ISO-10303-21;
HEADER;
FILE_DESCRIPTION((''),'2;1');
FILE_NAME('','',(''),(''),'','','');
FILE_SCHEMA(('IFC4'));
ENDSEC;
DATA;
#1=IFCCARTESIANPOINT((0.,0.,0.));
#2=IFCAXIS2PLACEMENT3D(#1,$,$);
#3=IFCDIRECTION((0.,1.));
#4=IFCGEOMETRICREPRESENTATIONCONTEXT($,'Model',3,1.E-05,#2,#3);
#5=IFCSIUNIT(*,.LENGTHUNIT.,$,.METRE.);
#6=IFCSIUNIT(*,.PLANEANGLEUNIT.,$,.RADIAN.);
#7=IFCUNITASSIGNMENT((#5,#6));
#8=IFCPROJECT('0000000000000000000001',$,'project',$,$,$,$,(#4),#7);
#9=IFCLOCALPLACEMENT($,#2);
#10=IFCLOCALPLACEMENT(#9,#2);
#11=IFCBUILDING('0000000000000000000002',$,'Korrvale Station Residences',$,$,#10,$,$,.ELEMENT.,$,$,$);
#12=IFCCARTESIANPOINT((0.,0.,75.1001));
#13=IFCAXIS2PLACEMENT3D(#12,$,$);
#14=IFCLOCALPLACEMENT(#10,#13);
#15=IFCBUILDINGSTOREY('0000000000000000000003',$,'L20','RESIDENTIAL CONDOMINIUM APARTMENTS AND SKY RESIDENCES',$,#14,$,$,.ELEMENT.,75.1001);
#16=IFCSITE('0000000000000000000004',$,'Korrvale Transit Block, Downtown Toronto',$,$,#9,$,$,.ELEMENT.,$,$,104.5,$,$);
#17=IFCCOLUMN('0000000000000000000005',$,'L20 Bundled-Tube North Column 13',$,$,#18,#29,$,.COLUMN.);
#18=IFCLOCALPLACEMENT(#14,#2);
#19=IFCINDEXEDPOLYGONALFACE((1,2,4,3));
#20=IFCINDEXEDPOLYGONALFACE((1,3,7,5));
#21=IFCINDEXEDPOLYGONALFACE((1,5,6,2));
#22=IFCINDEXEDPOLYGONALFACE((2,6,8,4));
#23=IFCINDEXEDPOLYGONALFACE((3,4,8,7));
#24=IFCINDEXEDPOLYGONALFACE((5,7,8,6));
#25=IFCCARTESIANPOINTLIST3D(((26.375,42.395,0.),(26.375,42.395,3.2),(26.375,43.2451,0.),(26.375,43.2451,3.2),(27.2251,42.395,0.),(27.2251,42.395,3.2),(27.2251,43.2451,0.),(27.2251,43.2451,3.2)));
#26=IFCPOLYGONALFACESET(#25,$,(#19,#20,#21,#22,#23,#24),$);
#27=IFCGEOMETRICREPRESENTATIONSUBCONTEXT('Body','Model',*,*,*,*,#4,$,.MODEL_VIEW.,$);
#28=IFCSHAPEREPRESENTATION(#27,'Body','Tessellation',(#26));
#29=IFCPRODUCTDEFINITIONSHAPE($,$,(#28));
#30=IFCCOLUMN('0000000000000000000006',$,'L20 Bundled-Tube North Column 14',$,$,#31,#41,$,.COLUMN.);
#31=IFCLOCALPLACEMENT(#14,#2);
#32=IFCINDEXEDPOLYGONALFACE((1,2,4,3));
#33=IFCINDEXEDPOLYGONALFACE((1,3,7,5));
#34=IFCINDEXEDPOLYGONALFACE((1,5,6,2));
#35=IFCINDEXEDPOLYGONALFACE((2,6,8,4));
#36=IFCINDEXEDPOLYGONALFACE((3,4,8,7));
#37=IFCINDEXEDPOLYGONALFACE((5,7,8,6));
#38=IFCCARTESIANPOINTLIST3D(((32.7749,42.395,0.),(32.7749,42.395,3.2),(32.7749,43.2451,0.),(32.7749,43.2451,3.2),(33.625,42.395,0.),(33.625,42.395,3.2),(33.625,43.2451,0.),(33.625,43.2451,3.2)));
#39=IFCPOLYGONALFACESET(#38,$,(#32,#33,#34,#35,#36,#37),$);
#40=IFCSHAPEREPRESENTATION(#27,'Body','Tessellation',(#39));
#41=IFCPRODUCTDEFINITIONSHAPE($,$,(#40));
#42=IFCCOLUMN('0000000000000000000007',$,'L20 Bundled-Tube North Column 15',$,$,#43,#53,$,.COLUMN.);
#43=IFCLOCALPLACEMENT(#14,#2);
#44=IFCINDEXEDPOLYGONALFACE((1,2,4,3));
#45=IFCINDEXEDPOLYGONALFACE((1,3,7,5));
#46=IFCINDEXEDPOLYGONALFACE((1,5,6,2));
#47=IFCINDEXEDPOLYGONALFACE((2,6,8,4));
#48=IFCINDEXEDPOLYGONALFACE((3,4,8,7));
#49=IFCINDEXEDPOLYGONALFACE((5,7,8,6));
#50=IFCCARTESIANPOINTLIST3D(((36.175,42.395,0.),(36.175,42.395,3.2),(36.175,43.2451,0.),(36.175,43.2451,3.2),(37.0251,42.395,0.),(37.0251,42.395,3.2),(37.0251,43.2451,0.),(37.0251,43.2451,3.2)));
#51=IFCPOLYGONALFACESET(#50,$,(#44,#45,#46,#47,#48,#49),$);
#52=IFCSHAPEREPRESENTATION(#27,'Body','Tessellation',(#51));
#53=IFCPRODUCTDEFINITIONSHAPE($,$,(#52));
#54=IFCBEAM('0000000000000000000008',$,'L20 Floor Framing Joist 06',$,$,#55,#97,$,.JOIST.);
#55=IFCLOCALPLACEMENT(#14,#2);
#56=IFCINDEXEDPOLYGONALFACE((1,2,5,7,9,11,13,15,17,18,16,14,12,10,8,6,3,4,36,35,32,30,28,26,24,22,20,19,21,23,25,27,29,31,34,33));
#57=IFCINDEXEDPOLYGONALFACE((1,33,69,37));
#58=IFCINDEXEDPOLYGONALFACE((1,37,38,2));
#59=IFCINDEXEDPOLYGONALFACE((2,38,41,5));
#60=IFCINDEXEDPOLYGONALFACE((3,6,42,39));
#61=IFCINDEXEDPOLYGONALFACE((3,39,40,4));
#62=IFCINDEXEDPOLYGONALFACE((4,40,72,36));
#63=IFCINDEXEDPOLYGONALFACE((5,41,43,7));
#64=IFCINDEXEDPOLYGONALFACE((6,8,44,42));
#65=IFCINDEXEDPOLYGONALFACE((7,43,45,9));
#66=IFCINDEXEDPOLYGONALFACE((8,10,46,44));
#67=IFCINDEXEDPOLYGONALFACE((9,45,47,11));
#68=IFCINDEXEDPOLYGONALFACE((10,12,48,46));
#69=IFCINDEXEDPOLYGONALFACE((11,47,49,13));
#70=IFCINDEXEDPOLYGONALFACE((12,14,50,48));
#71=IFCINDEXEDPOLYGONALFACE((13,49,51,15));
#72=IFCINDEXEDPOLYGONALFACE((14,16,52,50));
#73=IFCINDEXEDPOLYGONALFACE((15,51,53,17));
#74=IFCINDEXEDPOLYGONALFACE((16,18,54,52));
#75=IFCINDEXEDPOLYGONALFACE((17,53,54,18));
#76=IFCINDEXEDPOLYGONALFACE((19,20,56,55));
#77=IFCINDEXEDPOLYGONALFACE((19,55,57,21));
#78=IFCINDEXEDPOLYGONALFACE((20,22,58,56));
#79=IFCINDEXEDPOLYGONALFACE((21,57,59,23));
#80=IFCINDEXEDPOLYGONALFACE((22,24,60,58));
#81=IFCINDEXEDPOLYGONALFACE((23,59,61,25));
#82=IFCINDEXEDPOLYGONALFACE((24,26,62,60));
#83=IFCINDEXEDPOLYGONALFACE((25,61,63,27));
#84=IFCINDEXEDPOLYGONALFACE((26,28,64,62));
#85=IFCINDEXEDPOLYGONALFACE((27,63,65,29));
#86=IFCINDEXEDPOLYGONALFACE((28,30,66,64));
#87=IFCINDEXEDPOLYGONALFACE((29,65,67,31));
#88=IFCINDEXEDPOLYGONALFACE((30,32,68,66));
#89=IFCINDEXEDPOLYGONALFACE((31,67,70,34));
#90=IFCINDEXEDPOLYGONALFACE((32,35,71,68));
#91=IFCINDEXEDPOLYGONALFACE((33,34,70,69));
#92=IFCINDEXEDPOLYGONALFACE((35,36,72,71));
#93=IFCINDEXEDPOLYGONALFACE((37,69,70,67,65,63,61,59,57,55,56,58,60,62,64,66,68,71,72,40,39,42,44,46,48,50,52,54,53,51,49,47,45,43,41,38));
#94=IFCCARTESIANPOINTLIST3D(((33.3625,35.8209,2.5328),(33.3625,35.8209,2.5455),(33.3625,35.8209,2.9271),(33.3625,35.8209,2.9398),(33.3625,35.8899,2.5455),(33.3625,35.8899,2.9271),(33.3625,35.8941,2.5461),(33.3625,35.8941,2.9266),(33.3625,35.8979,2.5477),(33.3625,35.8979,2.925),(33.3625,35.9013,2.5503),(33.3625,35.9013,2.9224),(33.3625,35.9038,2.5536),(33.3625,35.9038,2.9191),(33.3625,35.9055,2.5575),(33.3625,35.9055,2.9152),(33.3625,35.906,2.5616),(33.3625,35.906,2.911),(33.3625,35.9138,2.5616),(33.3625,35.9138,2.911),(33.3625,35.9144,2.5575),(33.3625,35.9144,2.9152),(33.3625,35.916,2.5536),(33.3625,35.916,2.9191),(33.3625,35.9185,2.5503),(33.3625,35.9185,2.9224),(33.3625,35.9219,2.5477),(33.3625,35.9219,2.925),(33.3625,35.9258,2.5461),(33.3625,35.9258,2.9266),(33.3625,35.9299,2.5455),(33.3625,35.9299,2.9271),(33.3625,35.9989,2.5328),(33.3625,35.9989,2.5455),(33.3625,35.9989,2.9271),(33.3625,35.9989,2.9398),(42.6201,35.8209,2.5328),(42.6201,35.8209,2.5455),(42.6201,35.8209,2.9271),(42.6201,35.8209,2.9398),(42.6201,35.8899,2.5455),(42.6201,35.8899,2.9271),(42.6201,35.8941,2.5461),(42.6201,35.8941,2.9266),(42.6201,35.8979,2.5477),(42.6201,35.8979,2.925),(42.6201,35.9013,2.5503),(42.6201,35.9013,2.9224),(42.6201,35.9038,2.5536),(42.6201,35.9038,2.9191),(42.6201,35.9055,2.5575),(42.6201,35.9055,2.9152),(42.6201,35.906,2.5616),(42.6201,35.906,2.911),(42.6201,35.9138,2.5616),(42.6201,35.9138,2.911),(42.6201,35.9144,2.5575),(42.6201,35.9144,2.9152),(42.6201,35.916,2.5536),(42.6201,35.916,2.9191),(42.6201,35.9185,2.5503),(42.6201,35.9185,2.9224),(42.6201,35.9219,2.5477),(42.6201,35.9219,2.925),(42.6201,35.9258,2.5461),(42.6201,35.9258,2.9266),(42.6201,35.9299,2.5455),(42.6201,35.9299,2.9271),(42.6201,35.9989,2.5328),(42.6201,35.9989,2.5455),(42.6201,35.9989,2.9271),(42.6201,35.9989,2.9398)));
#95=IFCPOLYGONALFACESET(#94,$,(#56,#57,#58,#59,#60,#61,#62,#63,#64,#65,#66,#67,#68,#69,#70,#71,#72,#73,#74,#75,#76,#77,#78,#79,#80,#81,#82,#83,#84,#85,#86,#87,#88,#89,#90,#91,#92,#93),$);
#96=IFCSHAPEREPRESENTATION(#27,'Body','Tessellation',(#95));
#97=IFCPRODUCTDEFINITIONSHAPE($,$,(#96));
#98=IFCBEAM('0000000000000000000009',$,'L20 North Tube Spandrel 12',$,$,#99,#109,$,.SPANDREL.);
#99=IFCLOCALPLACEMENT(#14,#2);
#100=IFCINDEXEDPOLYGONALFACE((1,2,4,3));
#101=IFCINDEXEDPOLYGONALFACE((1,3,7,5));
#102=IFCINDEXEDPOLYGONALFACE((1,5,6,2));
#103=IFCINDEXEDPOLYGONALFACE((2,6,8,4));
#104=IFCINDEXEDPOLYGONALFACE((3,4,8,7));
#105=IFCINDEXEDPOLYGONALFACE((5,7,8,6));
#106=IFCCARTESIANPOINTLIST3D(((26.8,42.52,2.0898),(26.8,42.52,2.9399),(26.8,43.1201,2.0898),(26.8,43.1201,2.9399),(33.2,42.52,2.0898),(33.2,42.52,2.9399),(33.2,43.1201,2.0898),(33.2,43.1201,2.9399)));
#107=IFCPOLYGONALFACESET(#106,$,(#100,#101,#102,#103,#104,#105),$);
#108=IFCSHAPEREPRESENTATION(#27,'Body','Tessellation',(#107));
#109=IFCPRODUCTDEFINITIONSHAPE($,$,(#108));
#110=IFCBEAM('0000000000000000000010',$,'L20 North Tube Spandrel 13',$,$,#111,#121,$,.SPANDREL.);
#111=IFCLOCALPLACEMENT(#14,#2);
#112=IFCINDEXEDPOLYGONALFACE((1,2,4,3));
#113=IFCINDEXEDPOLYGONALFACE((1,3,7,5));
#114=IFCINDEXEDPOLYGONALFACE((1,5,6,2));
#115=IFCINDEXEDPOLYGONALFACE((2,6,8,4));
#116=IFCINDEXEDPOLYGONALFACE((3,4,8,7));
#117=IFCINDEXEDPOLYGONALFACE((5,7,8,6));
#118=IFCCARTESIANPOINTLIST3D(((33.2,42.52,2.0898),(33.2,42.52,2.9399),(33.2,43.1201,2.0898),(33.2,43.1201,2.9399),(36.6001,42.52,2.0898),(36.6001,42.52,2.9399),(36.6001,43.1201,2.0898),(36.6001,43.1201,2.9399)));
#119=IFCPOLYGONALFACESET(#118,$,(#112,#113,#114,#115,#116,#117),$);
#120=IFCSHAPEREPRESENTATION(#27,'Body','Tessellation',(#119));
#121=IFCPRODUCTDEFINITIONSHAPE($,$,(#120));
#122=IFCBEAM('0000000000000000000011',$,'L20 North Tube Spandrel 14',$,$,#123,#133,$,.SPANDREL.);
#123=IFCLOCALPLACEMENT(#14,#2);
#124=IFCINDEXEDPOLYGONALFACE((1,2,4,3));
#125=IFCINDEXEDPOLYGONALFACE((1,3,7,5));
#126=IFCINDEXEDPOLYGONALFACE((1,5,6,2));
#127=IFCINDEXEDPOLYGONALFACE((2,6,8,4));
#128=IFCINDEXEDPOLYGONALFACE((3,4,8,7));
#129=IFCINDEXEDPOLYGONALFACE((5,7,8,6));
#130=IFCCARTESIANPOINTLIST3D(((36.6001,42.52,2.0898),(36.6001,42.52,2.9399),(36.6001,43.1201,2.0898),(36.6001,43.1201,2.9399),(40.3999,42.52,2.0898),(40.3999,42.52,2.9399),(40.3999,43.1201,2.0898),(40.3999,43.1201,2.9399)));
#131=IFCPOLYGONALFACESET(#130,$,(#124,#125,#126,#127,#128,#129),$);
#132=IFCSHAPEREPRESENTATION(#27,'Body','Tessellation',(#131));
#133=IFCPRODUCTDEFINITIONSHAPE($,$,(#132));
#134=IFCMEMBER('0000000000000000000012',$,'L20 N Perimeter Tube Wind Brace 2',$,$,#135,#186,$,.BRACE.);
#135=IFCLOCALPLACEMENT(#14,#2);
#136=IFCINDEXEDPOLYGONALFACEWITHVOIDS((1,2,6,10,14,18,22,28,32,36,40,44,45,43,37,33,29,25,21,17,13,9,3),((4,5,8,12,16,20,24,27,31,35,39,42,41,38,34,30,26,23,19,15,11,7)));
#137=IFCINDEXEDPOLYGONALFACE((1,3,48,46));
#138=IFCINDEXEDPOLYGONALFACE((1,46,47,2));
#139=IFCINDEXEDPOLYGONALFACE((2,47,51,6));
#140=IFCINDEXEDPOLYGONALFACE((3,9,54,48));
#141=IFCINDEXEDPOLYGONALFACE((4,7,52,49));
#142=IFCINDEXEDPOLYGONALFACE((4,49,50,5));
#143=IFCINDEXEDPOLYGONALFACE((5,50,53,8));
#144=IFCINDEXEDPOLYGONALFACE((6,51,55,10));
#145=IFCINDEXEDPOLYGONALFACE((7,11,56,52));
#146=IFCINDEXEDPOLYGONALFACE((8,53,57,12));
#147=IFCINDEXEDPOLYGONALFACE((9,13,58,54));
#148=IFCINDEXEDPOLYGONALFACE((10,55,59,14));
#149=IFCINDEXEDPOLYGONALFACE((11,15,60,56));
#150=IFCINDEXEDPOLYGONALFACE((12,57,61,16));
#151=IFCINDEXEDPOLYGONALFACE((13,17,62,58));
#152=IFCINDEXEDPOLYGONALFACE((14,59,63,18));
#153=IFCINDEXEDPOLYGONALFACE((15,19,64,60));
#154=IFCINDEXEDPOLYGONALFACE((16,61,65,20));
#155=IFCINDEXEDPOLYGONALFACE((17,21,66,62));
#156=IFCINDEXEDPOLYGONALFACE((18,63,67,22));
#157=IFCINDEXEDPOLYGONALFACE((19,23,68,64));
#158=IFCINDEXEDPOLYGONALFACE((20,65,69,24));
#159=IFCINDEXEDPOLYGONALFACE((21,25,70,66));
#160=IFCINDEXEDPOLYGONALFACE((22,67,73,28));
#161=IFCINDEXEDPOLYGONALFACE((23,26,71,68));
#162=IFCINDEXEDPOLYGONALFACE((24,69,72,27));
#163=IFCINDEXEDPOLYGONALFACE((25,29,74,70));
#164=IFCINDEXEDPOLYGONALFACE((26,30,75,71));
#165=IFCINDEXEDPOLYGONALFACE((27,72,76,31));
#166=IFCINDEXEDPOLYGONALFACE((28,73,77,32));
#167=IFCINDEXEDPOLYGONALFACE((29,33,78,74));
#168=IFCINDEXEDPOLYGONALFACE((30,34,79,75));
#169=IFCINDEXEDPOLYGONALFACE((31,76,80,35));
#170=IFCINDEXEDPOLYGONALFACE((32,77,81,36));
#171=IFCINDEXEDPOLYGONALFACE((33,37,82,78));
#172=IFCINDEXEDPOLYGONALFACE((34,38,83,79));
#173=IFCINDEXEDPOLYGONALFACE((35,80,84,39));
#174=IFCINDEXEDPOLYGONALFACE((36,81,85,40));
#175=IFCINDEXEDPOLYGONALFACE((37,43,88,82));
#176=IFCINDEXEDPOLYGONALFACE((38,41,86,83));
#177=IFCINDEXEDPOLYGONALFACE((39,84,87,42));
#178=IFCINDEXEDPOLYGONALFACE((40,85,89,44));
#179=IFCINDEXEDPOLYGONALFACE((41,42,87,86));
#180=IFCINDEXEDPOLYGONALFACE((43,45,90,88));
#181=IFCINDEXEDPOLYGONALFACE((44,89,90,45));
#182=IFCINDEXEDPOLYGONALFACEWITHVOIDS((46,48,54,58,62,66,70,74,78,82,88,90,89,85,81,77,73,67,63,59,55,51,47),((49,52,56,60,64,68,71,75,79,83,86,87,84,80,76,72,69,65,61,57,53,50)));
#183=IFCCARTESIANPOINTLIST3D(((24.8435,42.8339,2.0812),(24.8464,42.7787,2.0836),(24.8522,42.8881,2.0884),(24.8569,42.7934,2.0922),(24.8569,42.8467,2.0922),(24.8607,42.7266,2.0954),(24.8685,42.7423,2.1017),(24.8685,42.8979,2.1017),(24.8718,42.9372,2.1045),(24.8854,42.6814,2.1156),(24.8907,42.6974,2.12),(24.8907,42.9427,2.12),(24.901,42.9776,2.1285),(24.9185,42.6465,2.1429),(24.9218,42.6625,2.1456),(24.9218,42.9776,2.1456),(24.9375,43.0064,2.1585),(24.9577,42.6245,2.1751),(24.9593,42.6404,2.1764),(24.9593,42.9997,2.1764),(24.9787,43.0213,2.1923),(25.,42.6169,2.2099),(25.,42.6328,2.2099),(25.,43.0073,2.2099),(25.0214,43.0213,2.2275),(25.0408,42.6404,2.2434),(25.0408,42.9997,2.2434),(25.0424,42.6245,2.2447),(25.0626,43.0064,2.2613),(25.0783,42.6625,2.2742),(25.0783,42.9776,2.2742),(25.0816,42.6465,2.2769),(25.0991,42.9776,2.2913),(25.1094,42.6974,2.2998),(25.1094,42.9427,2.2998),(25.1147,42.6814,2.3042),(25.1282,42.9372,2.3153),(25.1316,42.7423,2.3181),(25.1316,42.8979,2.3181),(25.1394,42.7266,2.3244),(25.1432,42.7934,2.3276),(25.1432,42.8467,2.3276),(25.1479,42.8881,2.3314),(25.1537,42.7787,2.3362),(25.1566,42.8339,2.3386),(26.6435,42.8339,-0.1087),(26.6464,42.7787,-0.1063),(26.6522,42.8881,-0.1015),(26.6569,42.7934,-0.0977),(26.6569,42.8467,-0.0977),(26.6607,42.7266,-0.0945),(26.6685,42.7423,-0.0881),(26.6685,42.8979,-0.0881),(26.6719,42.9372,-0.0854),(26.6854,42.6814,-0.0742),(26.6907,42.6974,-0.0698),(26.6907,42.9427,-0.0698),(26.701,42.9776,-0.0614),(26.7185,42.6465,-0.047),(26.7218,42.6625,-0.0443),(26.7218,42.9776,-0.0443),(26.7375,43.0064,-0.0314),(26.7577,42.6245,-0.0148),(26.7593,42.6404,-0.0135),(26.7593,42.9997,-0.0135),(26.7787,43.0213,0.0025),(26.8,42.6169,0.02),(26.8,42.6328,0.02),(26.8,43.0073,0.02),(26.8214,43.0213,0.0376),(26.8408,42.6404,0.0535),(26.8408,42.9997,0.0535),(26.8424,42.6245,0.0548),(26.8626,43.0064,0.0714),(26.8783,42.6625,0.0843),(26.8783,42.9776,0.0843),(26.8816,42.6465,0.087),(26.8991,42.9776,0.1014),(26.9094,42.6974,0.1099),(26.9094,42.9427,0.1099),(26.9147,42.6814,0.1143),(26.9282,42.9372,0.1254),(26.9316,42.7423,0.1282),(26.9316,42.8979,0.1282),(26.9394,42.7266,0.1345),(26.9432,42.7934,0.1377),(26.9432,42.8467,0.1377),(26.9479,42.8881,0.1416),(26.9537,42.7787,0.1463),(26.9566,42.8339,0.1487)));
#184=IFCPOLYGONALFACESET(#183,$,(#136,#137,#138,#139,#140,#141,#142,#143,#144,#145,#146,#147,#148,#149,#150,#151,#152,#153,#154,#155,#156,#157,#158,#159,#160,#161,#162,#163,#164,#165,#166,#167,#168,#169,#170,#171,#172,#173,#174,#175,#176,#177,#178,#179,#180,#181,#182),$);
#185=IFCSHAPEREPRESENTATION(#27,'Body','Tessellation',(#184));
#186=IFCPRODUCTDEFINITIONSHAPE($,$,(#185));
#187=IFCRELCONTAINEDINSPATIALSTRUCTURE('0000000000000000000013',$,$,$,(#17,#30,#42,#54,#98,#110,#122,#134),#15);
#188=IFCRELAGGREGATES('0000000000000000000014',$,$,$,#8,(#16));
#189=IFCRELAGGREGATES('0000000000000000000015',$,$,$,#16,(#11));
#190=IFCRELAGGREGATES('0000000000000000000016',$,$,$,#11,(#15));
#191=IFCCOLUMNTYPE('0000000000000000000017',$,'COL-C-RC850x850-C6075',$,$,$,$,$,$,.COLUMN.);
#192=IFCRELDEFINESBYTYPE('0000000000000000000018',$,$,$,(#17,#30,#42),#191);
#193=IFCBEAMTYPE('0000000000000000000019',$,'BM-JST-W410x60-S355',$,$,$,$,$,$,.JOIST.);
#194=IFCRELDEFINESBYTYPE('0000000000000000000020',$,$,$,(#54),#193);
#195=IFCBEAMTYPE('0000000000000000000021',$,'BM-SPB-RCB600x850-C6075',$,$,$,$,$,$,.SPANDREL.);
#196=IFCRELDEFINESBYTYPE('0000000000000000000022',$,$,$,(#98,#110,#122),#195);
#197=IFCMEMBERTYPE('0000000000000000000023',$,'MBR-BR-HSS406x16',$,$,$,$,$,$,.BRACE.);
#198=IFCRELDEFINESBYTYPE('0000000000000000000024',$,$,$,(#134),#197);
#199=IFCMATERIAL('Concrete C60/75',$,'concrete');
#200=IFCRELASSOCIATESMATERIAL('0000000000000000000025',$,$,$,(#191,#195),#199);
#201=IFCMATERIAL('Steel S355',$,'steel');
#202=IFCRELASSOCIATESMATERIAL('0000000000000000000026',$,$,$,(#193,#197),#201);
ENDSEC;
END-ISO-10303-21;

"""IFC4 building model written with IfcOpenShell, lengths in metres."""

from ifc_helpers import new_model, si_unit, direction, frame, origin, origin_2d, place, context, subcontext, project, spatial, rectangle, hollow_circle, i_section, extrude, material, material_profile, profile_set, type_object, element, save


model = new_model("IFC4")

# Units and contexts
model_context = context("Model", 3, precision=1e-05, world=origin(), true_north=direction((0.0, 1.0)))
body_context = subcontext(model_context, "Body", "Model", "MODEL_VIEW")
ifc_project = project(units=[si_unit("LENGTHUNIT", "METRE"), si_unit("PLANEANGLEUNIT", "RADIAN")], contexts=[model_context])

# Site, building, storey
site_placement = place(None, origin())
site = spatial("IfcSite", under=ifc_project, at=site_placement, Name="Korrvale Transit Block, Downtown Toronto", CompositionType="ELEMENT", RefElevation=104.5)
building_placement = place(site_placement, origin())
building = spatial("IfcBuilding", under=site, at=building_placement, Name="Korrvale Station Residences", CompositionType="ELEMENT")
storey_placement = place(building_placement, frame((0.0, 0.0, 75.1001)))
storey = spatial("IfcBuildingStorey", under=building, at=storey_placement, Name="L20", Description="RESIDENTIAL CONDOMINIUM APARTMENTS AND SKY RESIDENCES", CompositionType="ELEMENT", Elevation=75.1001)

# Columns
ifc_material_1 = material(Name="Concrete C60/75", Category="concrete")
ifc_material_profile_1 = material_profile(ifc_material_1, rectangle(XDim=0.8501, YDim=0.8501, at=origin_2d()), Name="RC850x850")
ifc_profile_set_1 = profile_set([ifc_material_profile_1], Name="Concrete C60/75")
column_type = type_object("IfcColumnType", Name="COL-C-RC850x850-C6075", PredefinedType="COLUMN", material=ifc_profile_set_1)
for number, where, z_axis, x_axis, name in (
    (1, (26.8, 42.8201, 0.0), (0.0, 0.0, 1.0), (1.0, 0.0, 0.0), "L20 Bundled-Tube North Column 13"),
    (2, (33.2, 42.8201, 0.0), (0.0, 0.0, 1.0), (1.0, 0.0, 0.0), "L20 Bundled-Tube North Column 14"),
    (3, (36.6001, 42.8201, 0.0), (0.0, 0.0, 1.0), (1.0, 0.0, 0.0), "L20 Bundled-Tube North Column 15"),
):
    element("IfcColumn", number, at=place(storey_placement, frame(where, z_axis=z_axis, x_axis=x_axis)), inside=storey, type_object=column_type, Name=name, PredefinedType="COLUMN", context=body_context, shape_type="SweptSolid", body=[
        extrude(rectangle(XDim=0.8501, YDim=0.8501, at=origin_2d()), origin(), (0.0, 0.0, 1.0), 3.2),
    ])

# Beams
ifc_material_2 = material(Name="Steel S355", Category="steel")
ifc_material_profile_2 = material_profile(ifc_material_2, i_section(OverallWidth=0.178, OverallDepth=0.407, WebThickness=0.0078, FlangeThickness=0.0127, FilletRadius=0.0161, at=origin_2d()), Name="W410x60")
ifc_profile_set_2 = profile_set([ifc_material_profile_2], Name="Steel S355")
beam_type_1 = type_object("IfcBeamType", Name="BM-JST-W410x60-S355", PredefinedType="JOIST", material=ifc_profile_set_2)
beam_1_placement = place(storey_placement, frame((33.3625, 35.9099, 2.7363), z_axis=(1.0, 0.0, 0.0), x_axis=(0.0, 1.0, 0.0)))
element("IfcBeam", 4, at=beam_1_placement, inside=storey, type_object=beam_type_1, Name="L20 Floor Framing Joist 06", PredefinedType="JOIST", context=body_context, shape_type="SweptSolid", body=[
    extrude(i_section(OverallWidth=0.178, OverallDepth=0.407, WebThickness=0.0078, FlangeThickness=0.0127, FilletRadius=0.0161, at=origin_2d()), origin(), (0.0, 0.0, 1.0), 9.2576),
])
ifc_material_profile_3 = material_profile(ifc_material_1, rectangle(XDim=0.6001, YDim=0.8501, at=origin_2d()), Name="RCB600x850")
ifc_profile_set_3 = profile_set([ifc_material_profile_3], Name="Concrete C60/75")
beam_type_2 = type_object("IfcBeamType", Name="BM-SPB-RCB600x850-C6075", PredefinedType="SPANDREL", material=ifc_profile_set_3)
beam_2_placement = place(storey_placement, frame((26.8, 42.8201, 2.5149), z_axis=(1.0, 0.0, 0.0), x_axis=(0.0, 1.0, 0.0)))
element("IfcBeam", 5, at=beam_2_placement, inside=storey, type_object=beam_type_2, Name="L20 North Tube Spandrel 12", PredefinedType="SPANDREL", context=body_context, shape_type="SweptSolid", body=[
    extrude(rectangle(XDim=0.6001, YDim=0.8501, at=origin_2d()), origin(), (0.0, 0.0, 1.0), 6.3999),
])
beam_3_placement = place(storey_placement, frame((33.2, 42.8201, 2.5149), z_axis=(1.0, 0.0, 0.0), x_axis=(0.0, 1.0, 0.0)))
element("IfcBeam", 6, at=beam_3_placement, inside=storey, type_object=beam_type_2, Name="L20 North Tube Spandrel 13", PredefinedType="SPANDREL", context=body_context, shape_type="SweptSolid", body=[
    extrude(rectangle(XDim=0.6001, YDim=0.8501, at=origin_2d()), origin(), (0.0, 0.0, 1.0), 3.4001),
])
beam_4_placement = place(storey_placement, frame((36.6001, 42.8201, 2.5149), z_axis=(1.0, 0.0, 0.0), x_axis=(0.0, 1.0, 0.0)))
element("IfcBeam", 7, at=beam_4_placement, inside=storey, type_object=beam_type_2, Name="L20 North Tube Spandrel 14", PredefinedType="SPANDREL", context=body_context, shape_type="SweptSolid", body=[
    extrude(rectangle(XDim=0.6001, YDim=0.8501, at=origin_2d()), origin(), (0.0, 0.0, 1.0), 3.7998),
])

# Member
ifc_material_profile_4 = material_profile(ifc_material_2, hollow_circle(Radius=0.2031, WallThickness=0.0159, at=origin_2d()), Name="HSS406x16")
ifc_profile_set_4 = profile_set([ifc_material_profile_4], Name="Steel S355")
member_type = type_object("IfcMemberType", Name="MBR-BR-HSS406x16", PredefinedType="BRACE", material=ifc_profile_set_4)
member_placement = place(storey_placement, frame((26.8, 42.8201, 0.02), z_axis=(-0.634985, 0.0, 0.772524), x_axis=(0.0, -1.0, 0.0)))
element("IfcMember", 8, at=member_placement, inside=storey, type_object=member_type, Name="L20 N Perimeter Tube Wind Brace 2", PredefinedType="BRACE", context=body_context, shape_type="SweptSolid", body=[
    extrude(hollow_circle(Radius=0.2031, WallThickness=0.0159, at=origin_2d()), origin(), (0.0, 0.0, 1.0), 2.8347),
])

save(model, "model.ifc")
